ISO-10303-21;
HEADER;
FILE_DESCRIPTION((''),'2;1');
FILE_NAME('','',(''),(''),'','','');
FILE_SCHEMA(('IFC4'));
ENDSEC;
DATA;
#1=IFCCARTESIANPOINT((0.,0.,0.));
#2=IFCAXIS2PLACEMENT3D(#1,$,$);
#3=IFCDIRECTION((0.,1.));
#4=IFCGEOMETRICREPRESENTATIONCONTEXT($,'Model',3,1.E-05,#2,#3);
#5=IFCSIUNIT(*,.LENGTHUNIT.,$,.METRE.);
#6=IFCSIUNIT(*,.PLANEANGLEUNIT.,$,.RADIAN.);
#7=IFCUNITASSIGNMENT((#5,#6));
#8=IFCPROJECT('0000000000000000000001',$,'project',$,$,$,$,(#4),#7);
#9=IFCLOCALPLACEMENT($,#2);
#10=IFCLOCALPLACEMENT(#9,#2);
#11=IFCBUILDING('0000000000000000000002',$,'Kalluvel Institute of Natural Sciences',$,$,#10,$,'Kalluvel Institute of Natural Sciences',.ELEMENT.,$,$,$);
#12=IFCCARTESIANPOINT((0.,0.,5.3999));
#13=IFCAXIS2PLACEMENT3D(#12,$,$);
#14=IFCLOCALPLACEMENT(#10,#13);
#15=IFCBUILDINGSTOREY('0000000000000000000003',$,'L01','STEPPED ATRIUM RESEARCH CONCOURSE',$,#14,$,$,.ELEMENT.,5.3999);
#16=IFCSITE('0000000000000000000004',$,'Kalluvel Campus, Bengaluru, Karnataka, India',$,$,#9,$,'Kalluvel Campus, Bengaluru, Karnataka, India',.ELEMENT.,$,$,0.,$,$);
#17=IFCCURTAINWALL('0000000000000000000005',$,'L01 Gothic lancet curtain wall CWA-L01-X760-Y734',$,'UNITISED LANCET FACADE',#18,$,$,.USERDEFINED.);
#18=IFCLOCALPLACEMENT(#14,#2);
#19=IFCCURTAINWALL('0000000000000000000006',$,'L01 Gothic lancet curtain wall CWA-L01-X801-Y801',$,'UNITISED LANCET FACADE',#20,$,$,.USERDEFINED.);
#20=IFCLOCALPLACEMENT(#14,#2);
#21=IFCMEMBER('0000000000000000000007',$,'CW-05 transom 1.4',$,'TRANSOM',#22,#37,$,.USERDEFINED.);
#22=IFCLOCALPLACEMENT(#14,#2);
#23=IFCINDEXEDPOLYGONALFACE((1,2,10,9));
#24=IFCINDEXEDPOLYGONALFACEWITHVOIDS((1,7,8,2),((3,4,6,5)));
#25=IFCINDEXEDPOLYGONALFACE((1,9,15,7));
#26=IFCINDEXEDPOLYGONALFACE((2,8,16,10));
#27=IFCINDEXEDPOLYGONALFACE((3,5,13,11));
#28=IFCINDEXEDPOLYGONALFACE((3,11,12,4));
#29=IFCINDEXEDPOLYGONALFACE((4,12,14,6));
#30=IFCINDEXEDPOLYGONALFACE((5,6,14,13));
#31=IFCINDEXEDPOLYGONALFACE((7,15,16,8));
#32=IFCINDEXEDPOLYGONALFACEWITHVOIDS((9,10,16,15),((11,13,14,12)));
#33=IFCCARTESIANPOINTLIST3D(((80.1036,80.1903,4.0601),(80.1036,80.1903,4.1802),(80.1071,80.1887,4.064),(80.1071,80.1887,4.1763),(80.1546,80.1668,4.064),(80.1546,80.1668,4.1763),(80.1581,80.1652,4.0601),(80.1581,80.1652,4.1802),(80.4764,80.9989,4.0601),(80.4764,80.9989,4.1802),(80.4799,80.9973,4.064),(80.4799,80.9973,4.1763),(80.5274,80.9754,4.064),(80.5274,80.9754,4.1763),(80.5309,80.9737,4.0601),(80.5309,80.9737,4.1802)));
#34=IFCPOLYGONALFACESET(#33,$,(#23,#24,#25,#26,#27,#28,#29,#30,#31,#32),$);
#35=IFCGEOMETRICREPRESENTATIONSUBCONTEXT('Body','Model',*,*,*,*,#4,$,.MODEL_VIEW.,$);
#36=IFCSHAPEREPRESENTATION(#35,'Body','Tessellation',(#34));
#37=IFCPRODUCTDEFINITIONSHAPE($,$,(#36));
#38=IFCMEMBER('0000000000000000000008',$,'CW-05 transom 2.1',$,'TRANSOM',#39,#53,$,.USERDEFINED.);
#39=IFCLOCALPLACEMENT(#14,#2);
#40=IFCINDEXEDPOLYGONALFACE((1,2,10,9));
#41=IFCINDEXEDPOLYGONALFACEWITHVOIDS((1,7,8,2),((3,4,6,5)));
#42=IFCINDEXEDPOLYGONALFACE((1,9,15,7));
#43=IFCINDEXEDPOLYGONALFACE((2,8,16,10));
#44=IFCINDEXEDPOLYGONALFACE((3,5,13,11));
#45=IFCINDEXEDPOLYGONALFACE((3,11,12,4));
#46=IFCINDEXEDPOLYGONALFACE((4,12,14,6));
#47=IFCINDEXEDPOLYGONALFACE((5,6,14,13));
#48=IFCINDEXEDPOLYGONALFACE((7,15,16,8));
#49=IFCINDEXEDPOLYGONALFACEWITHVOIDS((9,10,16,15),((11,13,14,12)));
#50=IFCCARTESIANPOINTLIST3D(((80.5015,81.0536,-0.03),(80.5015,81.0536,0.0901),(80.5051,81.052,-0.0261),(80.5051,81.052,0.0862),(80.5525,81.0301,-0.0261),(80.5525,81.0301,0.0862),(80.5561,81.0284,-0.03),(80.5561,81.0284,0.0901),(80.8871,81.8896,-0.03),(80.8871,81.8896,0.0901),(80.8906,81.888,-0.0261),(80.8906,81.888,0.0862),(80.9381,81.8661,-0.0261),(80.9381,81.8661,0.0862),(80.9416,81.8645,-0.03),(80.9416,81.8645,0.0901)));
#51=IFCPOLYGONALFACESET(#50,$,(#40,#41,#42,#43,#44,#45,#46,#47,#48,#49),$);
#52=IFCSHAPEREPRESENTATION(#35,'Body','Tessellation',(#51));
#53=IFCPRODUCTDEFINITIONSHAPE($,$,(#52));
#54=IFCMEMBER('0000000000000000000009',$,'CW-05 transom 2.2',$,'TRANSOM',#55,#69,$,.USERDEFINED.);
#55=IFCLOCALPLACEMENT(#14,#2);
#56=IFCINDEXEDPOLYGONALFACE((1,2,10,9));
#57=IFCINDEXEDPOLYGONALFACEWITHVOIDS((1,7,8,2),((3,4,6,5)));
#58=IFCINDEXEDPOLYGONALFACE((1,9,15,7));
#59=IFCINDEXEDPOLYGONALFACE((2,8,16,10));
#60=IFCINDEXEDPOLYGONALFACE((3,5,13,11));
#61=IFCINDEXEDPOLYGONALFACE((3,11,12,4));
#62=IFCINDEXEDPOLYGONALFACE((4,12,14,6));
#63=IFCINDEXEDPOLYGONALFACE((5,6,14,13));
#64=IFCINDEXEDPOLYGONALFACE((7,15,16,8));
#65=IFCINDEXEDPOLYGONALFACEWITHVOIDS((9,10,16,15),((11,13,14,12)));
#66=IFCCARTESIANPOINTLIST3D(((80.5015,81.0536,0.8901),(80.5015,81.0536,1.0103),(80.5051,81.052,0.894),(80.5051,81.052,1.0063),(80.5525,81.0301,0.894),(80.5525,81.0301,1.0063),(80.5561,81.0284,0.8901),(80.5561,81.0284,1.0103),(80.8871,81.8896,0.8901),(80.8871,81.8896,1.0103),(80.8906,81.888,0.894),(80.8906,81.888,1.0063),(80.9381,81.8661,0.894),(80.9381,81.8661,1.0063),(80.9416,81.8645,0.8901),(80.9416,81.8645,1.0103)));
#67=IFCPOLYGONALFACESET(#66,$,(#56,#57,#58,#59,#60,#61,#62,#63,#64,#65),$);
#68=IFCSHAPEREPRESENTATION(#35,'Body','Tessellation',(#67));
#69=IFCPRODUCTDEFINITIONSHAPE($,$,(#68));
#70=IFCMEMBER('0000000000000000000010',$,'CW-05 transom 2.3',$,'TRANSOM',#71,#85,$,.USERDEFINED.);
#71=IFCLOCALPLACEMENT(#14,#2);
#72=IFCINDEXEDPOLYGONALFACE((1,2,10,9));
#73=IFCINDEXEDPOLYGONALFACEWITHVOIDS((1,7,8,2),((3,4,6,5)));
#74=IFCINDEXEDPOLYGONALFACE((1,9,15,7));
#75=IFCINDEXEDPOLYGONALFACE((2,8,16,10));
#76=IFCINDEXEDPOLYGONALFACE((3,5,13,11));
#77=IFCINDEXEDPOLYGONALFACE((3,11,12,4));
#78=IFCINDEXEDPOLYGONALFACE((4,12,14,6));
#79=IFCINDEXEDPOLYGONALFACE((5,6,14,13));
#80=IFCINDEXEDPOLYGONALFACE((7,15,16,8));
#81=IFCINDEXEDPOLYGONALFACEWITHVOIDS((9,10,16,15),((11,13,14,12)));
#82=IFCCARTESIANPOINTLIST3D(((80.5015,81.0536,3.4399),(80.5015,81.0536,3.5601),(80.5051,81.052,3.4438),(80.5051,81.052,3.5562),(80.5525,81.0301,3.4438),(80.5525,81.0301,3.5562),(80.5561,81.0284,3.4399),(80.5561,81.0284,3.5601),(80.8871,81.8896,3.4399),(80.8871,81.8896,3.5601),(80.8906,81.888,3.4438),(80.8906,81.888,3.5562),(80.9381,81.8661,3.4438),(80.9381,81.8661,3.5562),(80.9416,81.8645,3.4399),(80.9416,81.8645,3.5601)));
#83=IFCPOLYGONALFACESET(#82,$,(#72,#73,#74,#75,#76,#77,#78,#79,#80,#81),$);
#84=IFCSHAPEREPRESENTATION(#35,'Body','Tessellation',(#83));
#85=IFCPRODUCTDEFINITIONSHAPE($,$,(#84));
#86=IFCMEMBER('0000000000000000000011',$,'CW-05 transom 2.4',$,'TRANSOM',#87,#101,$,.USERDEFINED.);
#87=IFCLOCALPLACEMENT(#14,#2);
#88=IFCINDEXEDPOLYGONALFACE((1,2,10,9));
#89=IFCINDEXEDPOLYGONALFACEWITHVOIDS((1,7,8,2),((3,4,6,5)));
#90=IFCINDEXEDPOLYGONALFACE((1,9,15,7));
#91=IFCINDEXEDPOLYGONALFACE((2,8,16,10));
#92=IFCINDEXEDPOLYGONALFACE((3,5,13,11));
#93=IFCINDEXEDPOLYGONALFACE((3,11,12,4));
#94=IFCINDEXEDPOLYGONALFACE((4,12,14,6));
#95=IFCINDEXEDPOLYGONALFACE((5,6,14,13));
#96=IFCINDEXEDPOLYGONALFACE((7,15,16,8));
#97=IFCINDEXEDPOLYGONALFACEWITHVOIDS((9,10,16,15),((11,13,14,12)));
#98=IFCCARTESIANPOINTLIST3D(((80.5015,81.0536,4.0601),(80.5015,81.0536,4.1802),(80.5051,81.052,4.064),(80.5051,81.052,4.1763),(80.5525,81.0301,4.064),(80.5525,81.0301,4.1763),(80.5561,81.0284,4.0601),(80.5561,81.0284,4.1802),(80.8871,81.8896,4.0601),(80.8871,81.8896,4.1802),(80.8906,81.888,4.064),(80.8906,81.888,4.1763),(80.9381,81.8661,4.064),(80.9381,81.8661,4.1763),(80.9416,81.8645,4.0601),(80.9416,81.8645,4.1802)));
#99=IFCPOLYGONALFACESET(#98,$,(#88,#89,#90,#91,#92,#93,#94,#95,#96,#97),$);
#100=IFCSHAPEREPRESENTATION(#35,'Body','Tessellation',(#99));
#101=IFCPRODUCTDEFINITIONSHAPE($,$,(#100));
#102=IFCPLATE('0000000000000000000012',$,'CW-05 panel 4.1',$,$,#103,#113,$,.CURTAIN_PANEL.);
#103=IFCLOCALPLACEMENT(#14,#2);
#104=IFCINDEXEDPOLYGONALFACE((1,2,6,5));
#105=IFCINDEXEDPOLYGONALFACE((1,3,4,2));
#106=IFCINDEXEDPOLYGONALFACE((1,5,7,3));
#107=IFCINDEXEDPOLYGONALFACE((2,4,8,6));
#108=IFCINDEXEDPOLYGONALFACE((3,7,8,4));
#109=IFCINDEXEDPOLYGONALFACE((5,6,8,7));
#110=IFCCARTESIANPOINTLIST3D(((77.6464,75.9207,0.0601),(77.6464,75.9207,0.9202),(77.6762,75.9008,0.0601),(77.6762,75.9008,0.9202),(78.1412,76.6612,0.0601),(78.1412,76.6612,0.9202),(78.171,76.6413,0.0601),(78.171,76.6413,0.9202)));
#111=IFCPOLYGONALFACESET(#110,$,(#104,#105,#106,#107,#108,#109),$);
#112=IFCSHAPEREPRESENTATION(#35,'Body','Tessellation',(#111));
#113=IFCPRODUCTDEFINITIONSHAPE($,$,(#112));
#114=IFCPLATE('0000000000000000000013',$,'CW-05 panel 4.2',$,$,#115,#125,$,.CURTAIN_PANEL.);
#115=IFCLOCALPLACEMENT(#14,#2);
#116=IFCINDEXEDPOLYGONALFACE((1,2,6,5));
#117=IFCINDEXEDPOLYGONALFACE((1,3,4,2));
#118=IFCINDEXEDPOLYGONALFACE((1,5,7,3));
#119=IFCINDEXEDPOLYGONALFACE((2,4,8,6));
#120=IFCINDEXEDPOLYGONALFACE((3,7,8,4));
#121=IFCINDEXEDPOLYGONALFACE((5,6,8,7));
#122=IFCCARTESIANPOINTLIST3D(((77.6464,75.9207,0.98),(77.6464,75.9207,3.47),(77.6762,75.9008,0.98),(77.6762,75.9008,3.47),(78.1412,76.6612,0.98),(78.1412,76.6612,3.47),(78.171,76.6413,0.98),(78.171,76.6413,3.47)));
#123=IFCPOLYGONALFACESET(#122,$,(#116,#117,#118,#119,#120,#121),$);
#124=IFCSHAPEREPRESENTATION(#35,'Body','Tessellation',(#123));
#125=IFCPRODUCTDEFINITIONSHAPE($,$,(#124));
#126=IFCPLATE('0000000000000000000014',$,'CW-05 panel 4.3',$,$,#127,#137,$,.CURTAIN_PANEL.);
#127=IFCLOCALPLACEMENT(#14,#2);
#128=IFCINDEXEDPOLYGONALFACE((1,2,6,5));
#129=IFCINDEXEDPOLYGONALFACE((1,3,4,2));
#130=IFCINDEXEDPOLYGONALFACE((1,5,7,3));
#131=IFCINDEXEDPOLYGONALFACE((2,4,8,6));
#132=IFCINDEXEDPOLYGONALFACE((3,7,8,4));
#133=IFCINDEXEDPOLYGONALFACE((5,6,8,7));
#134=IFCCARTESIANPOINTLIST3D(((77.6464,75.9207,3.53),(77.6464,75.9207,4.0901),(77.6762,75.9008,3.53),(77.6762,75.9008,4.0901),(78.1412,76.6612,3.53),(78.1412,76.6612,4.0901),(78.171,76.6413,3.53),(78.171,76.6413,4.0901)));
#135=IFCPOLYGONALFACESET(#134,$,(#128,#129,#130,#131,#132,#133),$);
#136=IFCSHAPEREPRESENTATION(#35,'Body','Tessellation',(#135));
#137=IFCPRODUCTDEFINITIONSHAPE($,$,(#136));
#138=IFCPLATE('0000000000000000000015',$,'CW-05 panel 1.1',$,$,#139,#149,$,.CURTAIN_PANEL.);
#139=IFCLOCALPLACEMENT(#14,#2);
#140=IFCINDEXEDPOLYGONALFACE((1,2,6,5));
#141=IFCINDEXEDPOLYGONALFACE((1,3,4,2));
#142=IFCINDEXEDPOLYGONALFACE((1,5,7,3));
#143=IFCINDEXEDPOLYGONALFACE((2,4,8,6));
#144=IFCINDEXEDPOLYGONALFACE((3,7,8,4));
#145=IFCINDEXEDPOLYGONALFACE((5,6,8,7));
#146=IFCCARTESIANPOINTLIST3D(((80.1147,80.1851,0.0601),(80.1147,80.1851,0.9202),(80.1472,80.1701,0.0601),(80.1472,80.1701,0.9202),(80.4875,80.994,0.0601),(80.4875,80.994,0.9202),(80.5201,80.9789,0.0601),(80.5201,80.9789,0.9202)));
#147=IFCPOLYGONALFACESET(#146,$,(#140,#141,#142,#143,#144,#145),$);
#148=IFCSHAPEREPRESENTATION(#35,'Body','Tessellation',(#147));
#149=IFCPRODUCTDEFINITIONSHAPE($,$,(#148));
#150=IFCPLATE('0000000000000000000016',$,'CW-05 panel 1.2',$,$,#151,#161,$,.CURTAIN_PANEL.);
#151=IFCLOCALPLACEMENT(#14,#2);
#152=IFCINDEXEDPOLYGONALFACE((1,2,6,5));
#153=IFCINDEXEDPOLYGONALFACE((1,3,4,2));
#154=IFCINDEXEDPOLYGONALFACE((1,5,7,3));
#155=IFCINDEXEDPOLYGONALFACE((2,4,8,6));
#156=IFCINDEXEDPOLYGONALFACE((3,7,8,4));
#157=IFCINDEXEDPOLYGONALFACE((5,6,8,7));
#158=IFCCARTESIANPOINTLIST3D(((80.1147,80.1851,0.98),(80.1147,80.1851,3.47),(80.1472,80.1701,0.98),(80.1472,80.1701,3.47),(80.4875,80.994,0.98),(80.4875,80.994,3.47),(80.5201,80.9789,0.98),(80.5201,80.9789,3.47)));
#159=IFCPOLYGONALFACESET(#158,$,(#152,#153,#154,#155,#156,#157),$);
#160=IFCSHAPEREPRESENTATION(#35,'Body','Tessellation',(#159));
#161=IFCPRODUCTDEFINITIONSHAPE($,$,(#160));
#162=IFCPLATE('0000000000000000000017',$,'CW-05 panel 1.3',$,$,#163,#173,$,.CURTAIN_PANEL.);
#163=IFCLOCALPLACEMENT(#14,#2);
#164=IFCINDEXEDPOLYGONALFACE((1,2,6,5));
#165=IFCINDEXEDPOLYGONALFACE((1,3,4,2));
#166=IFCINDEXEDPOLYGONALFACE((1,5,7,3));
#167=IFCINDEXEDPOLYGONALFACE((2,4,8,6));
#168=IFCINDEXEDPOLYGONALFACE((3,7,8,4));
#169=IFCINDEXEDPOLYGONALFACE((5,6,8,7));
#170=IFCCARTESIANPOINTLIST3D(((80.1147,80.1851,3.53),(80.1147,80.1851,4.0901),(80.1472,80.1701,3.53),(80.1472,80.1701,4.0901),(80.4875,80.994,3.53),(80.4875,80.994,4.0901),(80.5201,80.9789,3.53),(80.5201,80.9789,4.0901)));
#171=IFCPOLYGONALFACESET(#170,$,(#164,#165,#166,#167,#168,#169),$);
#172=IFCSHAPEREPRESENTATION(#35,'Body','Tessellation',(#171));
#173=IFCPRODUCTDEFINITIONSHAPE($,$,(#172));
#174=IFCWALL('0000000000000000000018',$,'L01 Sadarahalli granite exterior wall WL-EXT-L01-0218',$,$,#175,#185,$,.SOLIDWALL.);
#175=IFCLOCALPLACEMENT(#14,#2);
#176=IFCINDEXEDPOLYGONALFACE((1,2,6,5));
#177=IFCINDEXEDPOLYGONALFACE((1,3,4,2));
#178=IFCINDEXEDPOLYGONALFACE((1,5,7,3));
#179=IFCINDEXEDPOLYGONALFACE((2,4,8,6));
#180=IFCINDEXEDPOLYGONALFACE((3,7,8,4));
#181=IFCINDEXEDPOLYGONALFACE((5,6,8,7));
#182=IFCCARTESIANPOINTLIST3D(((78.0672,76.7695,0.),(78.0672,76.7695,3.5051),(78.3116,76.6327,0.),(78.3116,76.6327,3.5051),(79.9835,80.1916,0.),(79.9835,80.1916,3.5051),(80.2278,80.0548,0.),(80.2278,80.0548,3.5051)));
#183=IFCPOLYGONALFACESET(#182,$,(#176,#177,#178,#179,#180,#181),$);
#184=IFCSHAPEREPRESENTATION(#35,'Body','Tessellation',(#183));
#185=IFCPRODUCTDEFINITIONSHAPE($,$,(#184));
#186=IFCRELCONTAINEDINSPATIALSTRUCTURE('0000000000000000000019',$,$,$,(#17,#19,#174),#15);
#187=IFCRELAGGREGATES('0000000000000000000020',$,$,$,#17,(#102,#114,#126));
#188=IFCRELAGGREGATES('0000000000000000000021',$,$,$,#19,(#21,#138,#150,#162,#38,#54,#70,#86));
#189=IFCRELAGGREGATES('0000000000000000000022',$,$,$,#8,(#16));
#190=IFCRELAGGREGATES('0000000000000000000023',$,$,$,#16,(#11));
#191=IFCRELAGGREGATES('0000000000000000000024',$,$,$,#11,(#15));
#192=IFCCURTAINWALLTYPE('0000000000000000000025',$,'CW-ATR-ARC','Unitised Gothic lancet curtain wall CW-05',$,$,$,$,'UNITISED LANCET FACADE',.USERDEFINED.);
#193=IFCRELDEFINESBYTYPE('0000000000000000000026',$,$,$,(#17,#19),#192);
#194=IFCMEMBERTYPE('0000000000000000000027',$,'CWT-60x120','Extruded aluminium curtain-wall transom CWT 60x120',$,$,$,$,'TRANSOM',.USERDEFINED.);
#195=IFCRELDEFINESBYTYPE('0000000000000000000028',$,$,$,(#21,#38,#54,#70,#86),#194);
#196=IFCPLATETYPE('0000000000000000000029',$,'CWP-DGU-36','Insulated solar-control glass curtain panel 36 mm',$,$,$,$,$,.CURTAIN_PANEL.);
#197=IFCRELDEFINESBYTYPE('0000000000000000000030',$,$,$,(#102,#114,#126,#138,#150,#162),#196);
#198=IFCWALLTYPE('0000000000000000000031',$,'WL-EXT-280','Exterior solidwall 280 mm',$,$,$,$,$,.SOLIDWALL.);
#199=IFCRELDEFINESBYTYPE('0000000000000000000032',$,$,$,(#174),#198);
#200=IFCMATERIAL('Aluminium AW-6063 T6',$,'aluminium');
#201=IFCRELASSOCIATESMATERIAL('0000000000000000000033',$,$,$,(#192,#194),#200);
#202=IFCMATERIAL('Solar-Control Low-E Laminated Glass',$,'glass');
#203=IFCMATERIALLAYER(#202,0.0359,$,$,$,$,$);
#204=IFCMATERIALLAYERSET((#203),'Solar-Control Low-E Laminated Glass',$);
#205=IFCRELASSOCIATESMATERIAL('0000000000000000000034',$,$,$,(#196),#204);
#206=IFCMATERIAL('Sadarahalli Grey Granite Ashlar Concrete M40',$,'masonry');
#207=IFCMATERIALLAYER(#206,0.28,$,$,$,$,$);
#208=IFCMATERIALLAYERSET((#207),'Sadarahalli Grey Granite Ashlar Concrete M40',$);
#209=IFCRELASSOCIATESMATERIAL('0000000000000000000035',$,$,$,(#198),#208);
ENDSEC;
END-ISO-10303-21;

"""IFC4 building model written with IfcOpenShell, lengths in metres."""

from ifc_helpers import new_model, si_unit, direction, frame, frame_2d, origin, origin_2d, place, context, subcontext, project, spatial, rectangle, hollow_rectangle, extrude, material, layer, layer_set, material_profile, profile_set, type_object, element, aggregate, save


model = new_model("IFC4")

# Units and contexts
model_context = context("Model", 3, precision=1e-05, world=origin(), true_north=direction((0.0, 1.0)))
body_context = subcontext(model_context, "Body", "Model", "MODEL_VIEW")
ifc_project = project(units=[si_unit("LENGTHUNIT", "METRE"), si_unit("PLANEANGLEUNIT", "RADIAN")], contexts=[model_context])

# Site, building, storey
site_placement = place(None, origin())
site = spatial("IfcSite", under=ifc_project, at=site_placement, Name="Kalluvel Campus, Bengaluru, Karnataka, India", LongName="Kalluvel Campus, Bengaluru, Karnataka, India", CompositionType="ELEMENT", RefElevation=0.0)
building_placement = place(site_placement, origin())
building = spatial("IfcBuilding", under=site, at=building_placement, Name="Kalluvel Institute of Natural Sciences", LongName="Kalluvel Institute of Natural Sciences", CompositionType="ELEMENT")
storey_placement = place(building_placement, frame((0.0, 0.0, 5.3999)))
storey = spatial("IfcBuildingStorey", under=building, at=storey_placement, Name="L01", Description="STEPPED ATRIUM RESEARCH CONCOURSE", CompositionType="ELEMENT", Elevation=5.3999)

# Curtain wall
ifc_material_1 = material(Name="Aluminium AW-6063 T6", Category="aluminium")
curtain_wall_type = type_object("IfcCurtainWallType", Name="CW-ATR-ARC", Description="Unitised Gothic lancet curtain wall CW-05", ElementType="UNITISED LANCET FACADE", PredefinedType="USERDEFINED", material=ifc_material_1)
curtain_wall_1_placement = place(storey_placement, origin())
curtain_wall_1 = element("IfcCurtainWall", 1, at=curtain_wall_1_placement, inside=storey, type_object=curtain_wall_type, Name="L01 Gothic lancet curtain wall CWA-L01-X760-Y734", ObjectType="UNITISED LANCET FACADE", PredefinedType="USERDEFINED")

# Curtain wall
curtain_wall_2_placement = place(storey_placement, origin())
curtain_wall_2 = element("IfcCurtainWall", 2, at=curtain_wall_2_placement, inside=storey, type_object=curtain_wall_type, Name="L01 Gothic lancet curtain wall CWA-L01-X801-Y801", ObjectType="UNITISED LANCET FACADE", PredefinedType="USERDEFINED")

# Members
ifc_material_profile_1 = material_profile(ifc_material_1, hollow_rectangle(XDim=0.0601, YDim=0.1201, WallThickness=0.0039, at=origin_2d()), Name="CWT 60x120")
ifc_profile_set_1 = profile_set([ifc_material_profile_1], Name="Aluminium AW-6063 T6")
member_type_1 = type_object("IfcMemberType", Name="CWT-60x120", Description="Extruded aluminium curtain-wall transom CWT 60x120", ElementType="TRANSOM", PredefinedType="USERDEFINED", material=ifc_profile_set_1)
member_1_placement = place(storey_placement, frame((80.1309, 80.1777, 4.1201), z_axis=(0.418693, 0.908128, 0.0), x_axis=(-0.908128, 0.418693, 0.0)))
member_1 = element("IfcMember", 3, at=member_1_placement, type_object=member_type_1, Name="CW-05 transom 1.4", ObjectType="TRANSOM", PredefinedType="USERDEFINED", context=body_context, shape_type="SweptSolid", body=[
    extrude(hollow_rectangle(XDim=0.0601, YDim=0.1201, WallThickness=0.0039, at=origin_2d()), origin(), (0.0, 0.0, 1.0), 0.8904),
])
member_2_placement = place(storey_placement, frame((80.5288, 81.041, 0.03), z_axis=(0.418772, 0.908091, 0.0), x_axis=(-0.908091, 0.418772, 0.0)))
member_2 = element("IfcMember", 4, at=member_2_placement, type_object=member_type_1, Name="CW-05 transom 2.1", ObjectType="TRANSOM", PredefinedType="USERDEFINED", context=body_context, shape_type="SweptSolid", body=[
    extrude(hollow_rectangle(XDim=0.0601, YDim=0.1201, WallThickness=0.0039, at=origin_2d()), origin(), (0.0, 0.0, 1.0), 0.9207),
])
member_3_placement = place(storey_placement, frame((80.5288, 81.041, 0.9502), z_axis=(0.418772, 0.908091, 0.0), x_axis=(-0.908091, 0.418772, 0.0)))
member_3 = element("IfcMember", 5, at=member_3_placement, type_object=member_type_1, Name="CW-05 transom 2.2", ObjectType="TRANSOM", PredefinedType="USERDEFINED", context=body_context, shape_type="SweptSolid", body=[
    extrude(hollow_rectangle(XDim=0.0601, YDim=0.1201, WallThickness=0.0039, at=origin_2d()), origin(), (0.0, 0.0, 1.0), 0.9207),
])
member_4_placement = place(storey_placement, frame((80.5288, 81.041, 3.5), z_axis=(0.418772, 0.908091, 0.0), x_axis=(-0.908091, 0.418772, 0.0)))
member_4 = element("IfcMember", 6, at=member_4_placement, type_object=member_type_1, Name="CW-05 transom 2.3", ObjectType="TRANSOM", PredefinedType="USERDEFINED", context=body_context, shape_type="SweptSolid", body=[
    extrude(hollow_rectangle(XDim=0.0601, YDim=0.1201, WallThickness=0.0039, at=origin_2d()), origin(), (0.0, 0.0, 1.0), 0.9207),
])
member_5_placement = place(storey_placement, frame((80.5288, 81.041, 4.1201), z_axis=(0.418772, 0.908091, 0.0), x_axis=(-0.908091, 0.418772, 0.0)))
member_5 = element("IfcMember", 7, at=member_5_placement, type_object=member_type_1, Name="CW-05 transom 2.4", ObjectType="TRANSOM", PredefinedType="USERDEFINED", context=body_context, shape_type="SweptSolid", body=[
    extrude(hollow_rectangle(XDim=0.0601, YDim=0.1201, WallThickness=0.0039, at=origin_2d()), origin(), (0.0, 0.0, 1.0), 0.9207),
])

# Plates
ifc_material_2 = material(Name="Solar-Control Low-E Laminated Glass", Category="glass")
ifc_layer_1 = layer(ifc_material_2, 0.0359)
ifc_layer_set_1 = layer_set([ifc_layer_1], Name="Solar-Control Low-E Laminated Glass")
plate_type = type_object("IfcPlateType", Name="CWP-DGU-36", Description="Insulated solar-control glass curtain panel 36 mm", PredefinedType="CURTAIN_PANEL", material=ifc_layer_set_1)
plate_1_placement = place(storey_placement, frame((77.9087, 76.281, 0.0601), z_axis=(0.0, 0.0, 1.0), x_axis=(0.555571, 0.831469, 0.0)))
plate_1 = element("IfcPlate", 8, at=plate_1_placement, type_object=plate_type, Name="CW-05 panel 4.1", PredefinedType="CURTAIN_PANEL", context=body_context, shape_type="SweptSolid", body=[
    extrude(rectangle(XDim=0.8906, YDim=0.0359, at=origin_2d()), origin(), (0.0, 0.0, 1.0), 0.8601),
])
plate_2_placement = place(storey_placement, frame((77.9087, 76.281, 0.98), z_axis=(0.0, 0.0, 1.0), x_axis=(0.555571, 0.831469, 0.0)))
plate_2 = element("IfcPlate", 9, at=plate_2_placement, type_object=plate_type, Name="CW-05 panel 4.2", PredefinedType="CURTAIN_PANEL", context=body_context, shape_type="SweptSolid", body=[
    extrude(rectangle(XDim=0.8906, YDim=0.0359, at=origin_2d()), origin(), (0.0, 0.0, 1.0), 2.49),
])
plate_3_placement = place(storey_placement, frame((77.9087, 76.281, 3.53), z_axis=(0.0, 0.0, 1.0), x_axis=(0.555571, 0.831469, 0.0)))
plate_3 = element("IfcPlate", 10, at=plate_3_placement, type_object=plate_type, Name="CW-05 panel 4.3", PredefinedType="CURTAIN_PANEL", context=body_context, shape_type="SweptSolid", body=[
    extrude(rectangle(XDim=0.8906, YDim=0.0359, at=origin_2d()), origin(), (0.0, 0.0, 1.0), 0.5601),
])
aggregate(curtain_wall_1, [plate_1, plate_2, plate_3])
plate_4_placement = place(storey_placement, frame((80.3174, 80.582, 0.0601), z_axis=(0.0, 0.0, 1.0), x_axis=(0.418657, 0.908144, 0.0)))
plate_4 = element("IfcPlate", 11, at=plate_4_placement, type_object=plate_type, Name="CW-05 panel 1.1", PredefinedType="CURTAIN_PANEL", context=body_context, shape_type="SweptSolid", body=[
    extrude(rectangle(XDim=0.8906, YDim=0.0359, at=origin_2d()), origin(), (0.0, 0.0, 1.0), 0.8601),
])
plate_5_placement = place(storey_placement, frame((80.3174, 80.582, 0.98), z_axis=(0.0, 0.0, 1.0), x_axis=(0.418657, 0.908144, 0.0)))
plate_5 = element("IfcPlate", 12, at=plate_5_placement, type_object=plate_type, Name="CW-05 panel 1.2", PredefinedType="CURTAIN_PANEL", context=body_context, shape_type="SweptSolid", body=[
    extrude(rectangle(XDim=0.8906, YDim=0.0359, at=origin_2d()), origin(), (0.0, 0.0, 1.0), 2.49),
])
plate_6_placement = place(storey_placement, frame((80.3174, 80.582, 3.53), z_axis=(0.0, 0.0, 1.0), x_axis=(0.418657, 0.908144, 0.0)))
plate_6 = element("IfcPlate", 13, at=plate_6_placement, type_object=plate_type, Name="CW-05 panel 1.3", PredefinedType="CURTAIN_PANEL", context=body_context, shape_type="SweptSolid", body=[
    extrude(rectangle(XDim=0.8906, YDim=0.0359, at=origin_2d()), origin(), (0.0, 0.0, 1.0), 0.5601),
])
aggregate(curtain_wall_2, [member_1, plate_4, plate_5, plate_6, member_2, member_3, member_4, member_5])

# Wall
ifc_material_3 = material(Name="Sadarahalli Grey Granite Ashlar Concrete M40", Category="masonry")
ifc_layer_2 = layer(ifc_material_3, 0.28)
ifc_layer_set_2 = layer_set([ifc_layer_2], Name="Sadarahalli Grey Granite Ashlar Concrete M40")
wall_type = type_object("IfcWallType", Name="WL-EXT-280", Description="Exterior solidwall 280 mm", PredefinedType="SOLIDWALL", material=ifc_layer_set_2)
wall_placement = place(storey_placement, frame((78.1895, 76.7012, 0.0), z_axis=(0.0, 0.0, 1.0), x_axis=(0.488579, 0.87252, 0.0)))
element("IfcWall", 14, at=wall_placement, inside=storey, type_object=wall_type, Name="L01 Sadarahalli granite exterior wall WL-EXT-L01-0218", PredefinedType="SOLIDWALL", context=body_context, shape_type="SweptSolid", body=[
    extrude(rectangle(XDim=3.9221, YDim=0.28, at=frame_2d((1.9609, 0.0))), origin(), (0.0, 0.0, 1.0), 3.5051),
])

save(model, "model.ifc")
